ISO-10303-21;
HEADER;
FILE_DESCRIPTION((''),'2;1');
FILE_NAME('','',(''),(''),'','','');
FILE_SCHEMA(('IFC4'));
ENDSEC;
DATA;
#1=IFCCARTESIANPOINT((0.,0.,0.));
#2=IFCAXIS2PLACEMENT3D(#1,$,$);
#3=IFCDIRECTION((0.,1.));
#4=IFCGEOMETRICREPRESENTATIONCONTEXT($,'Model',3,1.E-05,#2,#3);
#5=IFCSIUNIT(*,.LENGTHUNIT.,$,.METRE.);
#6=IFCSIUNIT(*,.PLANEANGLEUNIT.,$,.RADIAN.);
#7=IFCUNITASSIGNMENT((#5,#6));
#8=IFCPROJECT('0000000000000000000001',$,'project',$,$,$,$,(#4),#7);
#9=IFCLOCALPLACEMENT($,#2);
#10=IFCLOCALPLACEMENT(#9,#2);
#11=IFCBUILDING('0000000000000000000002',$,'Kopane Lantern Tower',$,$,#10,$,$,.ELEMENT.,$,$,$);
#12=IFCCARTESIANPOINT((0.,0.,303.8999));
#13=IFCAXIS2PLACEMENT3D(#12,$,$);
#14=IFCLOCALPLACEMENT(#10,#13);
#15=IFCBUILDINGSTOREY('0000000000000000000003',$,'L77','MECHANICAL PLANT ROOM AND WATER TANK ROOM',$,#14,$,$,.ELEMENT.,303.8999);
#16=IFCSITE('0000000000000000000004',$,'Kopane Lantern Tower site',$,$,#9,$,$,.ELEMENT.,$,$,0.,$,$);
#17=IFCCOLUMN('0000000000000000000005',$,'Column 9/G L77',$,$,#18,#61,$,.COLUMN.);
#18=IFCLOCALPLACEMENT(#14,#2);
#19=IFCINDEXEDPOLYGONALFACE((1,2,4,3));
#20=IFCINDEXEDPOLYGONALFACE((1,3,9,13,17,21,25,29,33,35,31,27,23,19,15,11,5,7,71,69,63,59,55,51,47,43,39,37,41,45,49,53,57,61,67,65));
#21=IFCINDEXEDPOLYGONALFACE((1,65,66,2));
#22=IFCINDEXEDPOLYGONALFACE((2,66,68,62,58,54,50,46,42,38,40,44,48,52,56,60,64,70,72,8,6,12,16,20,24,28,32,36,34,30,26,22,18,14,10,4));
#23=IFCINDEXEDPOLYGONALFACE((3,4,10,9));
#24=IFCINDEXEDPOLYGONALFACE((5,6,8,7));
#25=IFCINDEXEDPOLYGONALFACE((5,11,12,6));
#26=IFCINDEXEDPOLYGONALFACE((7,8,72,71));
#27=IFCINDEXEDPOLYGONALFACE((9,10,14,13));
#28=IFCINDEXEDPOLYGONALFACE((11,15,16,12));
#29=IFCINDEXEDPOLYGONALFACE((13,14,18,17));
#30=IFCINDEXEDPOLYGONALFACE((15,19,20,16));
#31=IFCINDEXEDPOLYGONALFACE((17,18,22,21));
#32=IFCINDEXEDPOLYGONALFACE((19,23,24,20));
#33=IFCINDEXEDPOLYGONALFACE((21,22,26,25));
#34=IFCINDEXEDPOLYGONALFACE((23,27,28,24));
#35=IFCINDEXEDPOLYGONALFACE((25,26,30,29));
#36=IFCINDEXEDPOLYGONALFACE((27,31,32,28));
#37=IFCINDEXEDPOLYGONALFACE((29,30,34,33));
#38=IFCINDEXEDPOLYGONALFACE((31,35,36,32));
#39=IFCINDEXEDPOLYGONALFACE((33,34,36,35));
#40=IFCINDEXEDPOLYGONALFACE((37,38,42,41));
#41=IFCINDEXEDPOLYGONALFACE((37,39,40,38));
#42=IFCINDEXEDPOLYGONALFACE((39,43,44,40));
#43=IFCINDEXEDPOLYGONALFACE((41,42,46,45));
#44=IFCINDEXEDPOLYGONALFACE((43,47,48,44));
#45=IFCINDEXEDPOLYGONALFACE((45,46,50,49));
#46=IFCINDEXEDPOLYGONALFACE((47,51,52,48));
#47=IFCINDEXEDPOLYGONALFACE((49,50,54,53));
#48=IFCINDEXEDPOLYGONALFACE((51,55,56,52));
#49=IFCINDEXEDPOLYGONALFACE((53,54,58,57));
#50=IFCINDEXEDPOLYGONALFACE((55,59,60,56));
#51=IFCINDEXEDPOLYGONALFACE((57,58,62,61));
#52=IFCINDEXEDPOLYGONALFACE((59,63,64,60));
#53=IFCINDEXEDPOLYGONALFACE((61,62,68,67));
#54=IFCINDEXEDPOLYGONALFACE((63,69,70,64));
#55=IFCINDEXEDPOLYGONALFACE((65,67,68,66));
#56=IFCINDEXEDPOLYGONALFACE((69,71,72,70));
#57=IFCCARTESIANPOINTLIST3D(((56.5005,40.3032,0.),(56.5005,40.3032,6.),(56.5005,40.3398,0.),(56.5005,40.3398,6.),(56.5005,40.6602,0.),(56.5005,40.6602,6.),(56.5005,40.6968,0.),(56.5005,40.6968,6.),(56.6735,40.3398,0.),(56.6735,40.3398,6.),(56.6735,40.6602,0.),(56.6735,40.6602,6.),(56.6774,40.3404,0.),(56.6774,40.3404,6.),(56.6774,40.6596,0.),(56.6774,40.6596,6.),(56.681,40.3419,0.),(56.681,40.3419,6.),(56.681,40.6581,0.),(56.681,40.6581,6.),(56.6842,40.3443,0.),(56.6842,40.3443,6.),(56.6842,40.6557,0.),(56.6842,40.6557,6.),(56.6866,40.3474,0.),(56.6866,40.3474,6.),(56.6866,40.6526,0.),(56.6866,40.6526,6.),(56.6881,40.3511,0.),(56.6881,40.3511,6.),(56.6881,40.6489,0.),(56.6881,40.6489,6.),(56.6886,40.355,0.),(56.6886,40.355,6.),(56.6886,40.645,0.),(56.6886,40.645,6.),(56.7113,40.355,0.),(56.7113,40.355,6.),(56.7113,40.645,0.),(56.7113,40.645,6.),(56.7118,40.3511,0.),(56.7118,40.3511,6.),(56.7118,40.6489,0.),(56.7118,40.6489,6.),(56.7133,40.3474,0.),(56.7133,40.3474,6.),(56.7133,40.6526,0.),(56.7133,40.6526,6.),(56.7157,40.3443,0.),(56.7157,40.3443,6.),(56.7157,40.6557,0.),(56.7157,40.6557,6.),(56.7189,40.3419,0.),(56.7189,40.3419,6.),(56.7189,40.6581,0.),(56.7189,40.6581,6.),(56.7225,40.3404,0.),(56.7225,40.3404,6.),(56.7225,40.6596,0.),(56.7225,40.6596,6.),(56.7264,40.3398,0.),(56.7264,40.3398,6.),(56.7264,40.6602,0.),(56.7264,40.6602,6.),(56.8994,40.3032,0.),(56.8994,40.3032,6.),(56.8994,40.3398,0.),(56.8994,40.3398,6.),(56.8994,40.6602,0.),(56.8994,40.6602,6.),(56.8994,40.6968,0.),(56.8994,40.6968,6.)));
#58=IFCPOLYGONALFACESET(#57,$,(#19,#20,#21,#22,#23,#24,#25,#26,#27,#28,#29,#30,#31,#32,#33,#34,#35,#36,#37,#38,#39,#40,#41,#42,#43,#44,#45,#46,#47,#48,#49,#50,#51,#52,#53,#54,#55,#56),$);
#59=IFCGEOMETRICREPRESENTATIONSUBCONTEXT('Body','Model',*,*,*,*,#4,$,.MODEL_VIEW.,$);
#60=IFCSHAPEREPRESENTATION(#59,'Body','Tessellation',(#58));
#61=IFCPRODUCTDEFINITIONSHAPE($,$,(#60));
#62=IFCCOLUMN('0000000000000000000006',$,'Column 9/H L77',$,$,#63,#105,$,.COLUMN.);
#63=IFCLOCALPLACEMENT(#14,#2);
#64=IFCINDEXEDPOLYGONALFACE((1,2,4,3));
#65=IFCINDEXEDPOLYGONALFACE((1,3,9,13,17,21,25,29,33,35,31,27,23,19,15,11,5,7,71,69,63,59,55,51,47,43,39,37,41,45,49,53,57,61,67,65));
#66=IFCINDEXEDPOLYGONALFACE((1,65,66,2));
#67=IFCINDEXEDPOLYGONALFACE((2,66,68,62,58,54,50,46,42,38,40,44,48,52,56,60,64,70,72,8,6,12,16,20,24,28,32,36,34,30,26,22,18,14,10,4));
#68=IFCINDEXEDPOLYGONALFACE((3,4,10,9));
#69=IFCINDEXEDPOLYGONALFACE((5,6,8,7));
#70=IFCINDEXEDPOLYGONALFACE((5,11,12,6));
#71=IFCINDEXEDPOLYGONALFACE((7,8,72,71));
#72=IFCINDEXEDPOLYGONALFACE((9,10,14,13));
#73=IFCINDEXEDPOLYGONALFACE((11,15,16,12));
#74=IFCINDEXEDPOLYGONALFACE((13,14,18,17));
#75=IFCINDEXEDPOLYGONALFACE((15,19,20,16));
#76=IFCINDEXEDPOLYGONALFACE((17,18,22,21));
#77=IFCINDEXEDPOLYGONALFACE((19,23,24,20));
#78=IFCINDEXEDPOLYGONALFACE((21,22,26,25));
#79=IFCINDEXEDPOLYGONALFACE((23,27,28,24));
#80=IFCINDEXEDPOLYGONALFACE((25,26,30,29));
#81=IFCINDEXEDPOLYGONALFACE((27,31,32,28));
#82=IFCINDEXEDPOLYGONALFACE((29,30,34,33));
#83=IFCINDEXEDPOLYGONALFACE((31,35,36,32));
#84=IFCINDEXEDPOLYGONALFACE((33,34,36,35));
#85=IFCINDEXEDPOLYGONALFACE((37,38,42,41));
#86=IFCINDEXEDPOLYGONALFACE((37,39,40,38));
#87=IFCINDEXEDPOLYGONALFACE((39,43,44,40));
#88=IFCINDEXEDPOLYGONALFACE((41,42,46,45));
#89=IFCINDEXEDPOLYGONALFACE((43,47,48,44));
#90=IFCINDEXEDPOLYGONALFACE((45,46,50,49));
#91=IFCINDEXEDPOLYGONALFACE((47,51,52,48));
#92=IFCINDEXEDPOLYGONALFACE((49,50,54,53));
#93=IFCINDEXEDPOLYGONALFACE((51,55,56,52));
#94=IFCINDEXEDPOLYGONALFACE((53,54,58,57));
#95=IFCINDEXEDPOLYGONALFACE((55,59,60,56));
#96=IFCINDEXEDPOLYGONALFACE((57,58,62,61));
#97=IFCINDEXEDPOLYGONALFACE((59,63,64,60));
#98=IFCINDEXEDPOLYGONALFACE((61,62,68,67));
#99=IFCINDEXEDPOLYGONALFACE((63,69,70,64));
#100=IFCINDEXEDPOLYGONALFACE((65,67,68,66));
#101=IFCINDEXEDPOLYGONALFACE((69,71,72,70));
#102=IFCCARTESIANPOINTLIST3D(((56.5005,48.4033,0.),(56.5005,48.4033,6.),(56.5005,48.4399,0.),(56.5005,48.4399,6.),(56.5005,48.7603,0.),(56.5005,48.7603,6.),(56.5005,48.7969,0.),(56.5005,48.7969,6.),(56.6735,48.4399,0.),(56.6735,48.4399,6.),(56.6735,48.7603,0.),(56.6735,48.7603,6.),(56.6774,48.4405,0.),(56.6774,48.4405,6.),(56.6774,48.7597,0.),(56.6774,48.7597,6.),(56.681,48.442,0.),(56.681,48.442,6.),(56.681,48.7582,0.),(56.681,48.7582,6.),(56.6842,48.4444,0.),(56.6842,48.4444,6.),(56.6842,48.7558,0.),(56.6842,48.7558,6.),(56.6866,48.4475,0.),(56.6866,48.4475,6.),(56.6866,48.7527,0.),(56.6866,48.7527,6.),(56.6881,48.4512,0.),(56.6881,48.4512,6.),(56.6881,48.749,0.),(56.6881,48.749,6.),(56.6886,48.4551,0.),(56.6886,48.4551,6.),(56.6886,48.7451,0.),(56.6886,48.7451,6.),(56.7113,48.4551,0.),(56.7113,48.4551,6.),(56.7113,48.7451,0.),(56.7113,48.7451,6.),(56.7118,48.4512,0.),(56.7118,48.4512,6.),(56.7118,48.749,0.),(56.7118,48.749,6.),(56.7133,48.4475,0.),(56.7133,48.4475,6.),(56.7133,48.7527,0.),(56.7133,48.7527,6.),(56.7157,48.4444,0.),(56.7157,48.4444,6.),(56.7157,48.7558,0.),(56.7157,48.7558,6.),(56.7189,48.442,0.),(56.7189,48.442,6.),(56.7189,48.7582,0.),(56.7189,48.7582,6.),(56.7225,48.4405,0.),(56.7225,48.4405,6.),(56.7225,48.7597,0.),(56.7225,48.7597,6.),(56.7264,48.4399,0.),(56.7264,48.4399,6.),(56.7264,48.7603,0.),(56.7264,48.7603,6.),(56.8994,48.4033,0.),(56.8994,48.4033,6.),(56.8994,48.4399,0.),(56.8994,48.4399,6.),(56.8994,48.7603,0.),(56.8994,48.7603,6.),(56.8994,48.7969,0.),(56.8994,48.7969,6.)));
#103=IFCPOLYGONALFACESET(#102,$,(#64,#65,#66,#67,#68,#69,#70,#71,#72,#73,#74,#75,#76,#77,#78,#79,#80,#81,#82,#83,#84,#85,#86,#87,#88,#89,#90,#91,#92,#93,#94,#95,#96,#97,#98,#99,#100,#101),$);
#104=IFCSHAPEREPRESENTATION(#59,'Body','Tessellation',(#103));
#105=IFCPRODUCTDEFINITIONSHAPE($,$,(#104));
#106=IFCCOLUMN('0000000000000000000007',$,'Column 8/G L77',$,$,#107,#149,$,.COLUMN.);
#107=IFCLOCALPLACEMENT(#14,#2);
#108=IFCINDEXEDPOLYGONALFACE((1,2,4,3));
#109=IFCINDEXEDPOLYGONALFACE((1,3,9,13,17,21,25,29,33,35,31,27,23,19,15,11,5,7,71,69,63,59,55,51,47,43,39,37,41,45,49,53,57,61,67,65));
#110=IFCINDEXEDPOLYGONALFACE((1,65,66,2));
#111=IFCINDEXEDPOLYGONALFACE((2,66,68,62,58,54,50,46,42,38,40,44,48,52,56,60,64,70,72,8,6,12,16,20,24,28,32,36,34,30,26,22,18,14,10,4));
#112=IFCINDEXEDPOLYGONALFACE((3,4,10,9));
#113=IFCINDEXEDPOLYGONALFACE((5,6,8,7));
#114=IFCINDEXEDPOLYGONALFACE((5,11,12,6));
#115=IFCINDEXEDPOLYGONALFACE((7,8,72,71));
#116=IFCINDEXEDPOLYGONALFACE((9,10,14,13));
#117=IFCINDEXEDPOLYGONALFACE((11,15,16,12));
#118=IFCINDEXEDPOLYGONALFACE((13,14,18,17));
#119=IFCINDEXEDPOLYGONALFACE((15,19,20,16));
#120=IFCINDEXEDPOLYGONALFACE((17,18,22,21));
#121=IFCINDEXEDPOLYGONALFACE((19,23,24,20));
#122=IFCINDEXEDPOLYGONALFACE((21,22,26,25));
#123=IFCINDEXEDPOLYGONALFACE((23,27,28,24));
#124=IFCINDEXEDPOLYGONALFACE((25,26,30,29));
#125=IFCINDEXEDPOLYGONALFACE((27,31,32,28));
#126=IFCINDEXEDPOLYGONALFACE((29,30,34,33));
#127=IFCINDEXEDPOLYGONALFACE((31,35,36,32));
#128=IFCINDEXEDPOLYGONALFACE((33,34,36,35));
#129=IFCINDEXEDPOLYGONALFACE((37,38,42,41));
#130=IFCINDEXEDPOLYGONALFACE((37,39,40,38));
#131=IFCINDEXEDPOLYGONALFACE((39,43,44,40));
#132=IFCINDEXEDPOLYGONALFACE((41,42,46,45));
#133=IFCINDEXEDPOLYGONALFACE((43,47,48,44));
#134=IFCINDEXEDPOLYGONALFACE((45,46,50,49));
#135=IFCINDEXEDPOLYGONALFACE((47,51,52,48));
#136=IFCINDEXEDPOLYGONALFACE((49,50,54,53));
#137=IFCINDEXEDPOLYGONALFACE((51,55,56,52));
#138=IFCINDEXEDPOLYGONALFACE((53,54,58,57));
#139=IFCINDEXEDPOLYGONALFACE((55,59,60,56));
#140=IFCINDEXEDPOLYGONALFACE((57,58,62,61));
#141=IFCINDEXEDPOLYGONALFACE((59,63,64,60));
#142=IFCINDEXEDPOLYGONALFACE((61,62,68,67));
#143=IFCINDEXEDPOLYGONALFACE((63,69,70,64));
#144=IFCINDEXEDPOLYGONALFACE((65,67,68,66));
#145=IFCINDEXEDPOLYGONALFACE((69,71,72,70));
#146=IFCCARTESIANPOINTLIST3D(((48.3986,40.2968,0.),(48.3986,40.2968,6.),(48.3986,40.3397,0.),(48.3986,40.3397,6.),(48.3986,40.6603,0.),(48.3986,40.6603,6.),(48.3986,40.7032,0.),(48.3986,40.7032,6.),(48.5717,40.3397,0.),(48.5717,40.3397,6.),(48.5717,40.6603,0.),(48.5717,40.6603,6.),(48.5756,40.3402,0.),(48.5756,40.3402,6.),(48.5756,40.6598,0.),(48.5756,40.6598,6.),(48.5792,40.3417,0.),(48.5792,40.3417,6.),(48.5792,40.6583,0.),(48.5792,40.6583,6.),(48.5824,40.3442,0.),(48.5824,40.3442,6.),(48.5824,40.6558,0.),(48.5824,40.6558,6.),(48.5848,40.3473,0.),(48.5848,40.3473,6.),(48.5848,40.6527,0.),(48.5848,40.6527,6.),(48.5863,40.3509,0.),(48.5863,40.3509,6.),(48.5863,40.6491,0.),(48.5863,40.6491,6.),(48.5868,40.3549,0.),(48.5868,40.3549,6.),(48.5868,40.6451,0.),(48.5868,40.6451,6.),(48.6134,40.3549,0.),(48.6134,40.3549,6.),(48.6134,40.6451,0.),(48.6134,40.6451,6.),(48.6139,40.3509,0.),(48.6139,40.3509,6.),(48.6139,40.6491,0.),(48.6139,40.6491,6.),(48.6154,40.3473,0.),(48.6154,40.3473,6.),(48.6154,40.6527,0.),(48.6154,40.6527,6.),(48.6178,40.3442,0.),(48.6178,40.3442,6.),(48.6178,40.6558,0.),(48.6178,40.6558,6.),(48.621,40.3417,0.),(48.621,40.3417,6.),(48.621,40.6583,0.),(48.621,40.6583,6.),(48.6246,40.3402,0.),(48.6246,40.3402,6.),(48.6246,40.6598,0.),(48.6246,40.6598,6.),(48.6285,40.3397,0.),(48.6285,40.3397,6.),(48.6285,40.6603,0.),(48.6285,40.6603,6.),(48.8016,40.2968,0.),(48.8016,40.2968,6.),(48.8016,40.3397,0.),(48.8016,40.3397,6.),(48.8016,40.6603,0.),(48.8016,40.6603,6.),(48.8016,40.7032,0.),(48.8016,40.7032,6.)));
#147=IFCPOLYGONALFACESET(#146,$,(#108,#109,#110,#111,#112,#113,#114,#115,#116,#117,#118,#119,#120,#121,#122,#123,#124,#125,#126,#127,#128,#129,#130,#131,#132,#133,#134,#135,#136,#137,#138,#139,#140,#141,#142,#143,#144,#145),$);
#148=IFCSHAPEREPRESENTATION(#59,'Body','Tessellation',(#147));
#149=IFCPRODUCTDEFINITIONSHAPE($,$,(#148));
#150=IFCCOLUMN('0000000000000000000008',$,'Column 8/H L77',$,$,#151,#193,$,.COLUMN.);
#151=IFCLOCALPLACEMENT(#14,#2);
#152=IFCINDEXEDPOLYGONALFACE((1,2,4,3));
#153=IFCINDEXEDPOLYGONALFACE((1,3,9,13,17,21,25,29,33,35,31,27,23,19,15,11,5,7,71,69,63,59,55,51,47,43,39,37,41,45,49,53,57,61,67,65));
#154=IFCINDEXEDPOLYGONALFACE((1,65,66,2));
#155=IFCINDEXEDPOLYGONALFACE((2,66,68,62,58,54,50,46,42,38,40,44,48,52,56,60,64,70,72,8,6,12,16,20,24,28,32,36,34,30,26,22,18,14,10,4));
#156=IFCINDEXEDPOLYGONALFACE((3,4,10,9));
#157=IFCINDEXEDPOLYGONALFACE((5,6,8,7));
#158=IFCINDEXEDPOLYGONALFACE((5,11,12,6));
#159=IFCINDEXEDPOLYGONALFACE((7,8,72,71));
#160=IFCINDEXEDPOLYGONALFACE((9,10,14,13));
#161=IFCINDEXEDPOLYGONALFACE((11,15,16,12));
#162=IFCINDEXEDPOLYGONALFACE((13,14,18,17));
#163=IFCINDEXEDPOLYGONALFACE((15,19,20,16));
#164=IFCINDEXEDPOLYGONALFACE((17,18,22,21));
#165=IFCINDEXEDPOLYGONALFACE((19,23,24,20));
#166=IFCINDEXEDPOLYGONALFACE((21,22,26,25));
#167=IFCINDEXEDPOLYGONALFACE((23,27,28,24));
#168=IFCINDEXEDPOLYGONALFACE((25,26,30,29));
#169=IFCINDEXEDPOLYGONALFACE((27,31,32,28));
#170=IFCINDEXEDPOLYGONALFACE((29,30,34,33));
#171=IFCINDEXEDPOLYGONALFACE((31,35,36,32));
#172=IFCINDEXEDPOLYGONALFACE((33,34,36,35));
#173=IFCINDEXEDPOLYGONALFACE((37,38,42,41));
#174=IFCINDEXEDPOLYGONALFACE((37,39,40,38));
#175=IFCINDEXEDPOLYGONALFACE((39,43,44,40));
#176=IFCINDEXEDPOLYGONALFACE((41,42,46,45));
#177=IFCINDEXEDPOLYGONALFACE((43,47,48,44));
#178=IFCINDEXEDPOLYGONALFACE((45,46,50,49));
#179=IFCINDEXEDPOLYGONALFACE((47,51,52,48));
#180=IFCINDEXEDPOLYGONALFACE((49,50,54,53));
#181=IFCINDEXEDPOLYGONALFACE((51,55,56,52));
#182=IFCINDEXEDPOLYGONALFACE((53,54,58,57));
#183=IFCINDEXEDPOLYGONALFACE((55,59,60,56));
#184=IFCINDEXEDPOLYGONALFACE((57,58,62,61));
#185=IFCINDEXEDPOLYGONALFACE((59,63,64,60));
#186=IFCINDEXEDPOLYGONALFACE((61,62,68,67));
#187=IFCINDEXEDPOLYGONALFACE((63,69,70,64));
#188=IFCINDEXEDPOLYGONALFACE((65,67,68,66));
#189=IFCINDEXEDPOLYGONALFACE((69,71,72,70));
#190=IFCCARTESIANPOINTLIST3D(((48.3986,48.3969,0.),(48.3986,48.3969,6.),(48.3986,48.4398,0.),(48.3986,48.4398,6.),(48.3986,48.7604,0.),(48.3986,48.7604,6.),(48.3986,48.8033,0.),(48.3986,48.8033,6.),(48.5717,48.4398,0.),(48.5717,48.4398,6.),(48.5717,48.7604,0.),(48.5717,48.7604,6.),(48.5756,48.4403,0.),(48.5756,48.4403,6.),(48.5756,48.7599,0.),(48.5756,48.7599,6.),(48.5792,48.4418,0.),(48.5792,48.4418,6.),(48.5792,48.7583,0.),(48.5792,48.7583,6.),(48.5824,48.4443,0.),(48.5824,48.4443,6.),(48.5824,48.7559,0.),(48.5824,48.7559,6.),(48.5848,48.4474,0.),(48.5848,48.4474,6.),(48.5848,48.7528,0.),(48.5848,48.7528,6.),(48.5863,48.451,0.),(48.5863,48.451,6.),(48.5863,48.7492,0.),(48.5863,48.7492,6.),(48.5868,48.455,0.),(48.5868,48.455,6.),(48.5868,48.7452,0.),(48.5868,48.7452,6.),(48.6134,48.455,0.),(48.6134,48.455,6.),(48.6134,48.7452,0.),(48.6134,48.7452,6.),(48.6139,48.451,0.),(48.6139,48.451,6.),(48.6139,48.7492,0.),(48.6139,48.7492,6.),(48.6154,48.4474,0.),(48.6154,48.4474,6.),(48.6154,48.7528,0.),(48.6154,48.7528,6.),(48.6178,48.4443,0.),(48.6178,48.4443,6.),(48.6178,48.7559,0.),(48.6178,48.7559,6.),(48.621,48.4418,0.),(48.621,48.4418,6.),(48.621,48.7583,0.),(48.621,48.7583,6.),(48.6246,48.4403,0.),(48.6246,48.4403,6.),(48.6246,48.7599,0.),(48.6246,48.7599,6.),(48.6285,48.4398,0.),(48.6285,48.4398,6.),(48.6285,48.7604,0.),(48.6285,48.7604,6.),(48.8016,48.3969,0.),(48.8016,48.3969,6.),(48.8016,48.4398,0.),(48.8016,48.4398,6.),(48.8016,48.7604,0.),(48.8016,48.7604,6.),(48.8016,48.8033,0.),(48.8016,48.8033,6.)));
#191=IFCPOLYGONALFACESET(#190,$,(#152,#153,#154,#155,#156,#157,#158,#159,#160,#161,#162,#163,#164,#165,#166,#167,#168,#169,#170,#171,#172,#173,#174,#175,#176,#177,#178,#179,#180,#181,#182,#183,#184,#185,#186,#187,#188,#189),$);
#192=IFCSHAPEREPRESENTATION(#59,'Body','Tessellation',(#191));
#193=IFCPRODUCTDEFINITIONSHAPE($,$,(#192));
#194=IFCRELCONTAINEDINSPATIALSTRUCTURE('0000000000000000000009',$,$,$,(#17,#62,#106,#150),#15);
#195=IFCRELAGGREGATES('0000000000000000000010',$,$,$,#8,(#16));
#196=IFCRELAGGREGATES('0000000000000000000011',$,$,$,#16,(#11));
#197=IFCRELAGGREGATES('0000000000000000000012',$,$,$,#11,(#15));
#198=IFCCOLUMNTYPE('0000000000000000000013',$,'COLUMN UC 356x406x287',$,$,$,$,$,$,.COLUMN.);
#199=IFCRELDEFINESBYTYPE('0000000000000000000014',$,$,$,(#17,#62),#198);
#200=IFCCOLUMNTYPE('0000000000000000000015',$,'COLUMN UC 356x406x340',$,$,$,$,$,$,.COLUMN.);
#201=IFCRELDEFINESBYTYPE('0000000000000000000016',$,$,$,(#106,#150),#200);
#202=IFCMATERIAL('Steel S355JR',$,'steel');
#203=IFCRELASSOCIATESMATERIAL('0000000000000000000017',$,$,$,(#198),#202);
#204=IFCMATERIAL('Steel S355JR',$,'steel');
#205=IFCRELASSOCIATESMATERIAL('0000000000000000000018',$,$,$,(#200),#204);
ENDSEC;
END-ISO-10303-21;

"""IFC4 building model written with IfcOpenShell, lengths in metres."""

from ifc_helpers import new_model, si_unit, direction, frame, origin, origin_2d, place, context, subcontext, project, spatial, i_section, extrude, material, material_profile, profile_set, type_object, element, save


model = new_model("IFC4")

# Units and contexts
model_context = context("Model", 3, precision=1e-05, world=origin(), true_north=direction((0.0, 1.0)))
body_context = subcontext(model_context, "Body", "Model", "MODEL_VIEW")
ifc_project = project(units=[si_unit("LENGTHUNIT", "METRE"), si_unit("PLANEANGLEUNIT", "RADIAN")], contexts=[model_context])

# Site, building, storey
site_placement = place(None, origin())
site = spatial("IfcSite", under=ifc_project, at=site_placement, Name="Kopane Lantern Tower site", CompositionType="ELEMENT", RefElevation=0.0)
building_placement = place(site_placement, origin())
building = spatial("IfcBuilding", under=site, at=building_placement, Name="Kopane Lantern Tower", CompositionType="ELEMENT")
storey_placement = place(building_placement, frame((0.0, 0.0, 303.8999)))
storey = spatial("IfcBuildingStorey", under=building, at=storey_placement, Name="L77", Description="MECHANICAL PLANT ROOM AND WATER TANK ROOM", CompositionType="ELEMENT", Elevation=303.8999)

# Columns
ifc_material_1 = material(Name="Steel S355JR", Category="steel")
ifc_material_profile_1 = material_profile(ifc_material_1, i_section(OverallWidth=0.3989, OverallDepth=0.3936, WebThickness=0.0227, FlangeThickness=0.0366, FilletRadius=0.0151, at=origin_2d()), Name="UC 356x406x287")
ifc_profile_set_1 = profile_set([ifc_material_profile_1], Name="Steel S355JR")
column_type_1 = type_object("IfcColumnType", Name="COLUMN UC 356x406x287", PredefinedType="COLUMN", material=ifc_profile_set_1)
for number, where, z_axis, x_axis, name in (
    (1, (56.7, 40.5, 0.0), (0.0, 0.0, 1.0), (1.0, 0.0, 0.0), "Column 9/G L77"),
    (2, (56.7, 48.6001, 0.0), (0.0, 0.0, 1.0), (1.0, 0.0, 0.0), "Column 9/H L77"),
):
    element("IfcColumn", number, at=place(storey_placement, frame(where, z_axis=z_axis, x_axis=x_axis)), inside=storey, type_object=column_type_1, Name=name, PredefinedType="COLUMN", context=body_context, shape_type="SweptSolid", body=[
        extrude(i_section(OverallWidth=0.3989, OverallDepth=0.3936, WebThickness=0.0227, FlangeThickness=0.0366, FilletRadius=0.0151, at=origin_2d()), origin(), (0.0, 0.0, 1.0), 6.0),
    ])
ifc_material_2 = material(Name="Steel S355JR", Category="steel")
ifc_material_profile_2 = material_profile(ifc_material_2, i_section(OverallWidth=0.4031, OverallDepth=0.4065, WebThickness=0.0266, FlangeThickness=0.043, FilletRadius=0.0151, at=origin_2d()), Name="UC 356x406x340")
ifc_profile_set_2 = profile_set([ifc_material_profile_2], Name="Steel S355JR")
column_type_2 = type_object("IfcColumnType", Name="COLUMN UC 356x406x340", PredefinedType="COLUMN", material=ifc_profile_set_2)
for number, where, z_axis, x_axis, name in (
    (3, (48.6001, 40.5, 0.0), (0.0, 0.0, 1.0), (1.0, 0.0, 0.0), "Column 8/G L77"),
    (4, (48.6001, 48.6001, 0.0), (0.0, 0.0, 1.0), (1.0, 0.0, 0.0), "Column 8/H L77"),
):
    element("IfcColumn", number, at=place(storey_placement, frame(where, z_axis=z_axis, x_axis=x_axis)), inside=storey, type_object=column_type_2, Name=name, PredefinedType="COLUMN", context=body_context, shape_type="SweptSolid", body=[
        extrude(i_section(OverallWidth=0.4031, OverallDepth=0.4065, WebThickness=0.0266, FlangeThickness=0.043, FilletRadius=0.0151, at=origin_2d()), origin(), (0.0, 0.0, 1.0), 6.0),
    ])

save(model, "model.ifc")
